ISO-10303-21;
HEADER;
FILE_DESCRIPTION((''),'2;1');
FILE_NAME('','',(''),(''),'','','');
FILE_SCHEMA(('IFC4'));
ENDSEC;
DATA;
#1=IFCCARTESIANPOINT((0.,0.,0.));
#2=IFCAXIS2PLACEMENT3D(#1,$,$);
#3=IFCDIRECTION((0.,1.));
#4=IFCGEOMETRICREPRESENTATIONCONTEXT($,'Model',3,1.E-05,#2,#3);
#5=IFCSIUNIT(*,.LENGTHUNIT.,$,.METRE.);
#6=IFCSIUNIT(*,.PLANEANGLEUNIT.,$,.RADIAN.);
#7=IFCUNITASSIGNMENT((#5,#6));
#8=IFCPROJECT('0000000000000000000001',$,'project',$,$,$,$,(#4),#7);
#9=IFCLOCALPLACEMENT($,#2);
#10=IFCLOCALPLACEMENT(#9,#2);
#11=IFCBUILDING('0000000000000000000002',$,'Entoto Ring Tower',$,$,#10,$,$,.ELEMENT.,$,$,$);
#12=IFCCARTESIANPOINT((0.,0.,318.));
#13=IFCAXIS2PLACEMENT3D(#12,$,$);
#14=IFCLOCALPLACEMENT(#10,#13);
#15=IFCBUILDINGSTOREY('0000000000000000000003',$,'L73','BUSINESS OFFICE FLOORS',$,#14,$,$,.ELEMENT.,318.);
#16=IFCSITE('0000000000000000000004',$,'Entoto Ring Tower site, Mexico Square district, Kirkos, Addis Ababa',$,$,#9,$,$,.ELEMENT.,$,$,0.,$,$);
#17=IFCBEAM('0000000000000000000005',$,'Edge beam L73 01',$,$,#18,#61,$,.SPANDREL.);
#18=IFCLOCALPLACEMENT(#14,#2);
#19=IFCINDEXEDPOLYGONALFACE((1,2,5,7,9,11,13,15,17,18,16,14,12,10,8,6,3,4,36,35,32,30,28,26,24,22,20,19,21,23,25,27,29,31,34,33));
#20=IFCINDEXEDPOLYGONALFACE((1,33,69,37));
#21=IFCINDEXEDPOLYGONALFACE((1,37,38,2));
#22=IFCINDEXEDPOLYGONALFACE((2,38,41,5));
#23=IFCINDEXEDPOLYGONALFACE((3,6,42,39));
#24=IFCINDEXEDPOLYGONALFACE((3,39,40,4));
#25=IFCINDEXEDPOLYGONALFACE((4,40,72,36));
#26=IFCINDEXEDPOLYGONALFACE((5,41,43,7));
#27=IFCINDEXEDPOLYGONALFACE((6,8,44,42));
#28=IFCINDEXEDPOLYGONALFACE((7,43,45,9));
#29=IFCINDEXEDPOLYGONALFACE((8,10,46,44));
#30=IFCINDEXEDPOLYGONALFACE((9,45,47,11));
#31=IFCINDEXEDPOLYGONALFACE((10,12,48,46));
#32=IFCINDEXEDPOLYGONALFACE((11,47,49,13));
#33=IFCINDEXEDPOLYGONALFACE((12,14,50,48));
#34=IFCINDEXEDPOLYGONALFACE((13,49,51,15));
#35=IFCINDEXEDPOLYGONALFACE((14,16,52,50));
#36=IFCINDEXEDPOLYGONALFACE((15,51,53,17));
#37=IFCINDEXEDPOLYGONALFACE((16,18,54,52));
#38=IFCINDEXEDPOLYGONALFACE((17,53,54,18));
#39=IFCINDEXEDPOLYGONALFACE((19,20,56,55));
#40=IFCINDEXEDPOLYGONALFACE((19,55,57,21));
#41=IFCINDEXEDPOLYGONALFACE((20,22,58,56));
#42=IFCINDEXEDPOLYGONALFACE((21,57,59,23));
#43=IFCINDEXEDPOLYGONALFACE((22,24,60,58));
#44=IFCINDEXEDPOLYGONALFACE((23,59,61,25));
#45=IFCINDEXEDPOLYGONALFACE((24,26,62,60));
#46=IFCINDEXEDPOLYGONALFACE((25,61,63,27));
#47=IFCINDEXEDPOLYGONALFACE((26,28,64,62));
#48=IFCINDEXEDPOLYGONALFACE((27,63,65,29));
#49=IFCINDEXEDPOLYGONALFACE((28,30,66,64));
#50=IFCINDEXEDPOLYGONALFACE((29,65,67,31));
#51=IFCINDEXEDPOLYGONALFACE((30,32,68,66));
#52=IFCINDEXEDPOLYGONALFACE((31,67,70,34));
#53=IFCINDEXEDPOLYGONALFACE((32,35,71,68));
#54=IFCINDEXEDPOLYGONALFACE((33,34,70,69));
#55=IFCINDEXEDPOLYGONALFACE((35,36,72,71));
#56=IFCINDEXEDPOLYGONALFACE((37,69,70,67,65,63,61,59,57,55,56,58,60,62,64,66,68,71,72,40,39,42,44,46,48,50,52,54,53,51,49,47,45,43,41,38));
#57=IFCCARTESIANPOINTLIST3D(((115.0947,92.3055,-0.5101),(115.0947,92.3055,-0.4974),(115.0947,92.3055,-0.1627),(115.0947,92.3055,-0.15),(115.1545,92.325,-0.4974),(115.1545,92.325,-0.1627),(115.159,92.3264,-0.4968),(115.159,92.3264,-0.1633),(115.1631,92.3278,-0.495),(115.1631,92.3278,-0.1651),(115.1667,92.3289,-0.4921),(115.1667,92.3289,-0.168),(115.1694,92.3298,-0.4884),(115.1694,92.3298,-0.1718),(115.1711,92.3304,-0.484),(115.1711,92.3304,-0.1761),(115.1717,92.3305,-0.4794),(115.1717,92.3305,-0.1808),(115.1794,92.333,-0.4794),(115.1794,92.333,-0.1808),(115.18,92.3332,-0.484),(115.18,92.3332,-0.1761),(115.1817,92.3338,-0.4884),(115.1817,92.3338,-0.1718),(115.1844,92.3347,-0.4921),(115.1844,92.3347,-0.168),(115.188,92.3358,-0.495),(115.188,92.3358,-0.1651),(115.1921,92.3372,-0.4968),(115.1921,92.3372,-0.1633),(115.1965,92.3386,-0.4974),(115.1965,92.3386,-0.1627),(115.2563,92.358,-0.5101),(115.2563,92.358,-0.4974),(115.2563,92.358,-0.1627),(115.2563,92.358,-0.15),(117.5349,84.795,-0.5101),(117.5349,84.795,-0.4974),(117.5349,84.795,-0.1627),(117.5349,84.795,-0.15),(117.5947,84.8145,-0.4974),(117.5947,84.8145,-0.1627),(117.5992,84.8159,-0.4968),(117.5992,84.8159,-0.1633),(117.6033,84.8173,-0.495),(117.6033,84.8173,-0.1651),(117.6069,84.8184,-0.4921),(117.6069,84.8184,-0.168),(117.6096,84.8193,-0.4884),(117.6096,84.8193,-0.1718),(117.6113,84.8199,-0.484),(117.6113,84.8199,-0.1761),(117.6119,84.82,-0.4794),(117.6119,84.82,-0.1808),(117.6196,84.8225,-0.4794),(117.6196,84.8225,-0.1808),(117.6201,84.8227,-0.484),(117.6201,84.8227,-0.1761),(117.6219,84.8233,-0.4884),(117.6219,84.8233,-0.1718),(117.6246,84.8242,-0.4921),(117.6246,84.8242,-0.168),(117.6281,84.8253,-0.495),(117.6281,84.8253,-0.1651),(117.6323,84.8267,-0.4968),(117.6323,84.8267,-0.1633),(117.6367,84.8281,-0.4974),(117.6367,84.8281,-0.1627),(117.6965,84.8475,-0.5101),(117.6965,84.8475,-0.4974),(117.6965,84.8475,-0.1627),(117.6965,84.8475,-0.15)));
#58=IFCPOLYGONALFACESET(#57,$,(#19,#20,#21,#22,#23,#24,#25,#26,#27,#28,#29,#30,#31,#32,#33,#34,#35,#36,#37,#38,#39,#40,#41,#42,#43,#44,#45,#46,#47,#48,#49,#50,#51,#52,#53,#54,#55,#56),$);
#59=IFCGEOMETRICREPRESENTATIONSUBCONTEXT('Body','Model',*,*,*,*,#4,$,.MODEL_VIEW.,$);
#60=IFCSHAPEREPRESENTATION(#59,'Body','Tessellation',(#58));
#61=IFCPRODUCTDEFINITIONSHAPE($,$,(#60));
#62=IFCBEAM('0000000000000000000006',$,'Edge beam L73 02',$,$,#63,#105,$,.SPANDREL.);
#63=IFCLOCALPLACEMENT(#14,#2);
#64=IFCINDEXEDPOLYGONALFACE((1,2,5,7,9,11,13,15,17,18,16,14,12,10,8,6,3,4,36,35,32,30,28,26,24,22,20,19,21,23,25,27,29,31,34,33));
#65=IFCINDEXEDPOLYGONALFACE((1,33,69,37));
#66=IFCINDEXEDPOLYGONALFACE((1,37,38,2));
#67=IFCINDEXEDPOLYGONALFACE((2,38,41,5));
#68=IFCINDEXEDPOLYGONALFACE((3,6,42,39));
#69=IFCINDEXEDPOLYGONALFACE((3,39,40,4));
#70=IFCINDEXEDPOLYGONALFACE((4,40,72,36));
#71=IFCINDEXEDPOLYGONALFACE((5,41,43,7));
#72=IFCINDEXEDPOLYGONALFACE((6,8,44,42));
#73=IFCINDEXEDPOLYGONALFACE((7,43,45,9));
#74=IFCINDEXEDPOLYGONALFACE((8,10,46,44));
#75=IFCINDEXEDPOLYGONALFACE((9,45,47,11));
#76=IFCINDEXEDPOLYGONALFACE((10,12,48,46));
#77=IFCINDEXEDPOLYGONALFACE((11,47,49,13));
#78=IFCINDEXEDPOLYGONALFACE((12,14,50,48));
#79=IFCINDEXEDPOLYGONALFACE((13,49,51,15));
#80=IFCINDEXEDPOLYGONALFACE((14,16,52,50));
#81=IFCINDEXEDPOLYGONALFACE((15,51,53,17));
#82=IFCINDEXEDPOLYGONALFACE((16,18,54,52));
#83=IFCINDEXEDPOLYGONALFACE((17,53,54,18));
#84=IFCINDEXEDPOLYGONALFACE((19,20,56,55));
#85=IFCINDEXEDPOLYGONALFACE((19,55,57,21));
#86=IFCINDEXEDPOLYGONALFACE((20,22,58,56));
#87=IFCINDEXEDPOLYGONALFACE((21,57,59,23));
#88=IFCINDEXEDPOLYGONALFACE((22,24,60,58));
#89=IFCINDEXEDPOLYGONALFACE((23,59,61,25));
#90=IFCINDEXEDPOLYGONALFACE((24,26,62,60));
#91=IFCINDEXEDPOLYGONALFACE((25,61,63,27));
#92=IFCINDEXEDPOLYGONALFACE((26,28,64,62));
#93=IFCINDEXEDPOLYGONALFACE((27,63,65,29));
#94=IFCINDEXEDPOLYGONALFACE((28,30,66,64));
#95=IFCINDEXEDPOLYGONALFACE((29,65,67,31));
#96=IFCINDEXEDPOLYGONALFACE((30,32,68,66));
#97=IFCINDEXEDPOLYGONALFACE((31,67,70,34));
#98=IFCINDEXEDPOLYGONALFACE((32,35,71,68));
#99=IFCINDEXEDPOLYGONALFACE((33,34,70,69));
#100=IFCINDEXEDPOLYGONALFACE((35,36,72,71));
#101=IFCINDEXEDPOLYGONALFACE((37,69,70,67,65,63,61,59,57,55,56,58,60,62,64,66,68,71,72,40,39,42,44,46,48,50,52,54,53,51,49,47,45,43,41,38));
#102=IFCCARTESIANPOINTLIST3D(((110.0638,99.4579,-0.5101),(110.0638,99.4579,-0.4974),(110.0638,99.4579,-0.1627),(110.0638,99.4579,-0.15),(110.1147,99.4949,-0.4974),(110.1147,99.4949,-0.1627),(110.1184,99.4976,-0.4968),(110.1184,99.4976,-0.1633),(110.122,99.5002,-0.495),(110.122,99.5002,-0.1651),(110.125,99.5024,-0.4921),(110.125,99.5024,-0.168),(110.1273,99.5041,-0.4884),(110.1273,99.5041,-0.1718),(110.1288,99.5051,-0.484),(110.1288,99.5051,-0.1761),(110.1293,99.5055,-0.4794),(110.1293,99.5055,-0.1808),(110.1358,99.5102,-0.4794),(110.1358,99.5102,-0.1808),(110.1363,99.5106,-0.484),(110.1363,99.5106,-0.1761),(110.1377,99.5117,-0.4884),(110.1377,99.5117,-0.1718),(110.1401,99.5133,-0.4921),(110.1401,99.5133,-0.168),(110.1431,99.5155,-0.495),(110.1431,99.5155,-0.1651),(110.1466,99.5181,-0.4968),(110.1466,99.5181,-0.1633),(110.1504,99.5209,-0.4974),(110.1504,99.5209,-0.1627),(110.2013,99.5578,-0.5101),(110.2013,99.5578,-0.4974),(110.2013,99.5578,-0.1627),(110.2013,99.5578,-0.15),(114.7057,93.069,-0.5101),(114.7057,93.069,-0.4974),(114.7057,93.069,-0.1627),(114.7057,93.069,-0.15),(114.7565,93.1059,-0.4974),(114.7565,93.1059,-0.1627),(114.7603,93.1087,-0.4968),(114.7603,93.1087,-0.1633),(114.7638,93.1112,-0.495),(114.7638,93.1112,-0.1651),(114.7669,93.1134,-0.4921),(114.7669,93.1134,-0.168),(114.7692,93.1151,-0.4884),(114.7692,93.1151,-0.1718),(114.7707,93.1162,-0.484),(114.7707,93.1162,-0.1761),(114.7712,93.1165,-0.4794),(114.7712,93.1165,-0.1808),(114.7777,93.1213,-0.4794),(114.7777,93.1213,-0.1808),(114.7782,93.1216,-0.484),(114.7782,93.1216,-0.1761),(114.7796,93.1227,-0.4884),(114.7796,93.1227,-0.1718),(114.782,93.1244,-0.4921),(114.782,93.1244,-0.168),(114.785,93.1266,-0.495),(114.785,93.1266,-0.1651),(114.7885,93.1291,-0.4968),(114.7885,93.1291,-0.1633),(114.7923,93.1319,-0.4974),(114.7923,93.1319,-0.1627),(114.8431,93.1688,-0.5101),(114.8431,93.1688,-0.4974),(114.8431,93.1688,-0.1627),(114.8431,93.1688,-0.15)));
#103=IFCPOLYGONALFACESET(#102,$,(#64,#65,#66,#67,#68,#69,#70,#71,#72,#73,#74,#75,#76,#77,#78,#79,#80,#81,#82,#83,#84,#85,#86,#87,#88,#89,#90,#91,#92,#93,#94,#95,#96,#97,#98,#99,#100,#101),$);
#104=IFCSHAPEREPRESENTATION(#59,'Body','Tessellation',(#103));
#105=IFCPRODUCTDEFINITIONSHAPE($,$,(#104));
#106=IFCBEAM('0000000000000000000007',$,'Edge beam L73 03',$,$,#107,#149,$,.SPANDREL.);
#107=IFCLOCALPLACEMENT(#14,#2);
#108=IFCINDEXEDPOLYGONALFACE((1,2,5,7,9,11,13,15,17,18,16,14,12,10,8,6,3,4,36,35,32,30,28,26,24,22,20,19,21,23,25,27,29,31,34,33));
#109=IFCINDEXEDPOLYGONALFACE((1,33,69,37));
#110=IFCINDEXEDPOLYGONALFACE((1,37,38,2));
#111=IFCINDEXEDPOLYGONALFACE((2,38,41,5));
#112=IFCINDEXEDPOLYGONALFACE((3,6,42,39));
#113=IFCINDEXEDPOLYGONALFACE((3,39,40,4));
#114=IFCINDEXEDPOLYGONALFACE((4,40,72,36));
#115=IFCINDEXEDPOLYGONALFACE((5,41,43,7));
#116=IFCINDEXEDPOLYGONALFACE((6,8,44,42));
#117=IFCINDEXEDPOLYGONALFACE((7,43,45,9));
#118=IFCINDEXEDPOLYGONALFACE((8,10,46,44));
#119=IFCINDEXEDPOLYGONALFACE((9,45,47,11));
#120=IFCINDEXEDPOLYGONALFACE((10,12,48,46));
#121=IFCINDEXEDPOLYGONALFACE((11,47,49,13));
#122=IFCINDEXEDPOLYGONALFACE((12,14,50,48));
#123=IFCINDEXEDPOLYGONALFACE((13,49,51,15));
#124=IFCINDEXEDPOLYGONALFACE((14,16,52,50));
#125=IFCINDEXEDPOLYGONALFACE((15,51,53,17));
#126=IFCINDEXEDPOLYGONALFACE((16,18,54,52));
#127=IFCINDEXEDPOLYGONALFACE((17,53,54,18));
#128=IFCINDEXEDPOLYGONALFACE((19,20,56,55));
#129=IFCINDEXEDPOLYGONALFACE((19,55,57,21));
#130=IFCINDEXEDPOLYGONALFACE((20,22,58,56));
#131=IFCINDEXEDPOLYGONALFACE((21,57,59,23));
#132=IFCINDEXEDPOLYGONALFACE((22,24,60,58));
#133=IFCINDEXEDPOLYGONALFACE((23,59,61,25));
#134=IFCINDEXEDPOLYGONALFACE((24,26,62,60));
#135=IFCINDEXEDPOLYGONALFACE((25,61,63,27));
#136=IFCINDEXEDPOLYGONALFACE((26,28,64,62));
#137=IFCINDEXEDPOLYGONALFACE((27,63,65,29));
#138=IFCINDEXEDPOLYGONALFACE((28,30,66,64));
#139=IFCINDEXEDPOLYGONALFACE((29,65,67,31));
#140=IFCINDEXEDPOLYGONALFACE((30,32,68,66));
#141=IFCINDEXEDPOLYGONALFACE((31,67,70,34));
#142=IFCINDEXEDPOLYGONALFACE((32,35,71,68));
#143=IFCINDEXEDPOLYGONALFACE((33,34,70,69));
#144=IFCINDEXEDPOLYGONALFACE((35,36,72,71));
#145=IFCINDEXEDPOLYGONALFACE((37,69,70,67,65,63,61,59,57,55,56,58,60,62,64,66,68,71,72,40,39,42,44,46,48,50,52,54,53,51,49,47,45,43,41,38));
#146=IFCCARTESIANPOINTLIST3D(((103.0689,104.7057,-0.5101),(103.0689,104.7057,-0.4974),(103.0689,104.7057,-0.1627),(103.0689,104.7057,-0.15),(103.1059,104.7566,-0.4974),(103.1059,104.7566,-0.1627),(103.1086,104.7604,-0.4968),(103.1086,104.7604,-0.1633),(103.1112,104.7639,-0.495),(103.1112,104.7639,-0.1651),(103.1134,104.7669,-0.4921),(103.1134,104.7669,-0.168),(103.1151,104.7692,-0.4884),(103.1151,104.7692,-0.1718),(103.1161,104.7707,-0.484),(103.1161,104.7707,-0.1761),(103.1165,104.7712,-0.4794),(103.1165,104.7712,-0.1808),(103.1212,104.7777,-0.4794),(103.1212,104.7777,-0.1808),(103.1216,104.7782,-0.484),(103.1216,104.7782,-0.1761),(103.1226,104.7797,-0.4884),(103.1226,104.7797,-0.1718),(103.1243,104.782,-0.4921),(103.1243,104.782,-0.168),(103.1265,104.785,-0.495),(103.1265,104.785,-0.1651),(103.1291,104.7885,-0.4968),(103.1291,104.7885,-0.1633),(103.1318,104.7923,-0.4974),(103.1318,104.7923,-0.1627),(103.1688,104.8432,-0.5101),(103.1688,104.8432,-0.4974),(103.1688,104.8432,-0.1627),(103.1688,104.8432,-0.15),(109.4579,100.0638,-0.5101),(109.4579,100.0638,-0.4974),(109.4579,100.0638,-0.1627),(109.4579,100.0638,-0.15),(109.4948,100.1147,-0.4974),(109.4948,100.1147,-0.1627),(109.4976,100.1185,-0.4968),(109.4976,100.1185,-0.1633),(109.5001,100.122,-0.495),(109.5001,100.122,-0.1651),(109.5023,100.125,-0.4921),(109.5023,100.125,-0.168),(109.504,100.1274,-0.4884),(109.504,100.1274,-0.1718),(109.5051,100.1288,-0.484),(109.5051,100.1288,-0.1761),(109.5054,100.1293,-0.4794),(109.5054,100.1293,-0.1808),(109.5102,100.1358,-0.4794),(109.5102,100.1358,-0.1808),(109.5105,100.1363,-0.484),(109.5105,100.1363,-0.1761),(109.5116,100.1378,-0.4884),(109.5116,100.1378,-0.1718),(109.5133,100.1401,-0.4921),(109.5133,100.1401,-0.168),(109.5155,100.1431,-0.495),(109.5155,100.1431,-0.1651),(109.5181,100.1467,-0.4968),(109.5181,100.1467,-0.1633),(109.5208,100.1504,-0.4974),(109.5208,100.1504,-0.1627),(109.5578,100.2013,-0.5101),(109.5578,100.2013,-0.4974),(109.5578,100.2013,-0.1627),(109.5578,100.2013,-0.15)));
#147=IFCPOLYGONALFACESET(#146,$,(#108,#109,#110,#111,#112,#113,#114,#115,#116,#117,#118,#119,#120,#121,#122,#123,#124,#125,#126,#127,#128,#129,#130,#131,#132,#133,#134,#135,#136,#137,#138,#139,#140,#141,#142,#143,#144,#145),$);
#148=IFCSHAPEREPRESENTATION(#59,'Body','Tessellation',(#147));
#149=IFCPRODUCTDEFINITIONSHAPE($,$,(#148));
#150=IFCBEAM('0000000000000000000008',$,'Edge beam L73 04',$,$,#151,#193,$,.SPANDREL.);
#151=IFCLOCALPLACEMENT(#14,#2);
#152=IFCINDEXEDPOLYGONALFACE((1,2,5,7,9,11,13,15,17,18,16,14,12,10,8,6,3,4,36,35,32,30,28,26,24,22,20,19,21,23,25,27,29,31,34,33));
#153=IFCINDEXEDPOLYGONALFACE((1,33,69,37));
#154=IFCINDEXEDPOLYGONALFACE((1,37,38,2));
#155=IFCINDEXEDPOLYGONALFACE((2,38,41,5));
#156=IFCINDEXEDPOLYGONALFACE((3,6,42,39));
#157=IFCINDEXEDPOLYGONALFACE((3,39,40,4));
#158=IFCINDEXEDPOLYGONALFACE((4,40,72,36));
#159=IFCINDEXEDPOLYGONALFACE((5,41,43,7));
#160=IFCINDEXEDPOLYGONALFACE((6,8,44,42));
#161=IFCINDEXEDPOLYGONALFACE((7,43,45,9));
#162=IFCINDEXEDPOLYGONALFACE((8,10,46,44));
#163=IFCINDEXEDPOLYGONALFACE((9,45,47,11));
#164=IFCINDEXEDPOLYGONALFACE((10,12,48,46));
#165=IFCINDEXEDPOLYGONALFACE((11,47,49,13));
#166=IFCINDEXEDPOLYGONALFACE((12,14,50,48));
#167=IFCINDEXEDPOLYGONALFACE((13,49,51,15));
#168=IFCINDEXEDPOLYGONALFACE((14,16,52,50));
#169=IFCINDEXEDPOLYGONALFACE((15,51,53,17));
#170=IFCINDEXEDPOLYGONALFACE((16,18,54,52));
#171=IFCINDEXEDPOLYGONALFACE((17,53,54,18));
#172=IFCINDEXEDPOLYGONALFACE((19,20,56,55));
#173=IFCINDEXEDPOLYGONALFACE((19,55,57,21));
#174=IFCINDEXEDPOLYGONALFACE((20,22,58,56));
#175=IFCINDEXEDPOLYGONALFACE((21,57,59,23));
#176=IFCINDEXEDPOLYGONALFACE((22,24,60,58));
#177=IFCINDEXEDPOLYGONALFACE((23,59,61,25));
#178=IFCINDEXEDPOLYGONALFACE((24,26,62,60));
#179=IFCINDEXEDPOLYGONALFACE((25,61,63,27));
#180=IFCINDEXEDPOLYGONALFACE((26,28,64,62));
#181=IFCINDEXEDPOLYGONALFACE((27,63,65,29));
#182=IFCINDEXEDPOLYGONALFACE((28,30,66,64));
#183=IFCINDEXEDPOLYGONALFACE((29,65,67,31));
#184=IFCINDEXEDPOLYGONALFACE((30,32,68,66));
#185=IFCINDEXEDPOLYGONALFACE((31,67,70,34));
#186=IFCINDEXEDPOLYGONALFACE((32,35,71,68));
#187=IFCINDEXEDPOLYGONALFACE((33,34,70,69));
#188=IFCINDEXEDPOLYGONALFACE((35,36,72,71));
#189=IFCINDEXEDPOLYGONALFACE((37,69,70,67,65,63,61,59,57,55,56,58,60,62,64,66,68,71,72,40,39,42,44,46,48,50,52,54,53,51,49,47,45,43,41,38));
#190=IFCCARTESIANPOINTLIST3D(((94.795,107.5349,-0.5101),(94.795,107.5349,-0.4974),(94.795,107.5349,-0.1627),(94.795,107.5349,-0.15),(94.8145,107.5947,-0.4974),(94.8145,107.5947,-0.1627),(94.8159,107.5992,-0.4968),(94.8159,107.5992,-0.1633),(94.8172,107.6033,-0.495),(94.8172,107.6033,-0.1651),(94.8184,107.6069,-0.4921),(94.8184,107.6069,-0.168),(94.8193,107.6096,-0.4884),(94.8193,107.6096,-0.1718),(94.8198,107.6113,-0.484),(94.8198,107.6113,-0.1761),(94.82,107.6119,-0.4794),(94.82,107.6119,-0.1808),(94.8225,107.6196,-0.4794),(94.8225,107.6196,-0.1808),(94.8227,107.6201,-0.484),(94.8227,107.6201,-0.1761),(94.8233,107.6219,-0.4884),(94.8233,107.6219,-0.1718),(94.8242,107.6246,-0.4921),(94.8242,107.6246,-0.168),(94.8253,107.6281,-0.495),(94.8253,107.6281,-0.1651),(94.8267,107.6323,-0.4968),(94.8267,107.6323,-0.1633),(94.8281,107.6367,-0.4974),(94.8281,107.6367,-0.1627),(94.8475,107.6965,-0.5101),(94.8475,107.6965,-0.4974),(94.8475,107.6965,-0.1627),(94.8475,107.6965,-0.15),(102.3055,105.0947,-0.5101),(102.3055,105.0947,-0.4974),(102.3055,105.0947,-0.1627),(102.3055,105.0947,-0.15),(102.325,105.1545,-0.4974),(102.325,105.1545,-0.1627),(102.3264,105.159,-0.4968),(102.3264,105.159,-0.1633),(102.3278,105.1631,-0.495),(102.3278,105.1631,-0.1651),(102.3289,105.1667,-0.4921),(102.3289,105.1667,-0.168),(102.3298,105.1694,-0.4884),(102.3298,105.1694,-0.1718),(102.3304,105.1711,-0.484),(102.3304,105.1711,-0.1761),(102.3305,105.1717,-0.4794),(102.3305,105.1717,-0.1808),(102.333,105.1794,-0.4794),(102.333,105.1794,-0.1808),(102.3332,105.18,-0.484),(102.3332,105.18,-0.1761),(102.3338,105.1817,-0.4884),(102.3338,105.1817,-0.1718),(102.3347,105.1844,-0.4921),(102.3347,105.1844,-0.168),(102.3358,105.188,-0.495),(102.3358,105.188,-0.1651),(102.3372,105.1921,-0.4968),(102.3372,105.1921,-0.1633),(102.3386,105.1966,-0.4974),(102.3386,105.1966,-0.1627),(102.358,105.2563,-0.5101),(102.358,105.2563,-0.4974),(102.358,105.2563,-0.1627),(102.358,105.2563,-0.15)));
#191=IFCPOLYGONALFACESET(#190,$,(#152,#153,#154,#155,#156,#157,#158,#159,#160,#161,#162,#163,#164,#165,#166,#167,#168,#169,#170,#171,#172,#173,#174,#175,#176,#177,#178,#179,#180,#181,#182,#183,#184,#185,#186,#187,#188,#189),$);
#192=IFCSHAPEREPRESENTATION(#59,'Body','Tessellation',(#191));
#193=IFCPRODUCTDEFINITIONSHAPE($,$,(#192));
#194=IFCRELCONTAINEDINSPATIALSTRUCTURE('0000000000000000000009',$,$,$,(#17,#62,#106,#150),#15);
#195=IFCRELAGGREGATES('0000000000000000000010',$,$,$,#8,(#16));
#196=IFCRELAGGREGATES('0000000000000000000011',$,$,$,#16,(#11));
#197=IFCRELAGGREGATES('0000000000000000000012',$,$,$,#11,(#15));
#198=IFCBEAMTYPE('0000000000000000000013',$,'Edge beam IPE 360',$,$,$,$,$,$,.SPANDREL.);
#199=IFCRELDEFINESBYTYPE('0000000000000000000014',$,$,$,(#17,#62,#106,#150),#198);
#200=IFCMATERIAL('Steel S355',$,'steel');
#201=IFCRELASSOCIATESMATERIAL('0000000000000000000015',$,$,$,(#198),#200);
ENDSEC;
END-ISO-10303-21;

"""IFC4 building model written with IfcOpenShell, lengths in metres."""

from ifc_helpers import new_model, si_unit, direction, frame, origin, origin_2d, place, context, subcontext, project, spatial, i_section, extrude, material, material_profile, profile_set, type_object, element, save


model = new_model("IFC4")

# Units and contexts
model_context = context("Model", 3, precision=1e-05, world=origin(), true_north=direction((0.0, 1.0)))
body_context = subcontext(model_context, "Body", "Model", "MODEL_VIEW")
ifc_project = project(units=[si_unit("LENGTHUNIT", "METRE"), si_unit("PLANEANGLEUNIT", "RADIAN")], contexts=[model_context])

# Site, building, storey
site_placement = place(None, origin())
site = spatial("IfcSite", under=ifc_project, at=site_placement, Name="Entoto Ring Tower site, Mexico Square district, Kirkos, Addis Ababa", CompositionType="ELEMENT", RefElevation=0.0)
building_placement = place(site_placement, origin())
building = spatial("IfcBuilding", under=site, at=building_placement, Name="Entoto Ring Tower", CompositionType="ELEMENT")
storey_placement = place(building_placement, frame((0.0, 0.0, 318.0)))
storey = spatial("IfcBuildingStorey", under=building, at=storey_placement, Name="L73", Description="BUSINESS OFFICE FLOORS", CompositionType="ELEMENT", Elevation=318.0)

# Beams
ifc_material_1 = material(Name="Steel S355", Category="steel")
ifc_material_profile_1 = material_profile(ifc_material_1, i_section(OverallWidth=0.1699, OverallDepth=0.3601, WebThickness=0.0081, FlangeThickness=0.0127, FilletRadius=0.0181, at=origin_2d()), Name="IPE 360")
ifc_profile_set_1 = profile_set([ifc_material_profile_1], Name="Steel S355")
beam_type_1 = type_object("IfcBeamType", Name="Edge beam IPE 360", PredefinedType="SPANDREL", material=ifc_profile_set_1)
beam_1_placement = place(storey_placement, frame((117.6157, 84.8213, -0.3301), z_axis=(-0.309003, 0.951061, 0.0), x_axis=(-0.951061, -0.309003, 0.0)))
element("IfcBeam", 1, at=beam_1_placement, inside=storey, type_object=beam_type_1, Name="Edge beam L73 01", PredefinedType="SPANDREL", context=body_context, shape_type="SweptSolid", body=[
    extrude(i_section(OverallWidth=0.1699, OverallDepth=0.3601, WebThickness=0.0081, FlangeThickness=0.0127, FilletRadius=0.0181, at=origin_2d()), origin(), (0.0, 0.0, 1.0), 7.897),
])
for number, where, z_axis, x_axis, name in (
    (2, (114.7744, 93.1189, -0.3301), (-0.587787, 0.809015, 0.0), (-0.809015, -0.587787, 0.0), "Edge beam L73 02"),
    (3, (109.5078, 100.1326, -0.3301), (-0.809015, 0.587787, 0.0), (-0.587787, -0.809015, 0.0), "Edge beam L73 03"),
):
    element("IfcBeam", number, at=place(storey_placement, frame(where, z_axis=z_axis, x_axis=x_axis)), inside=storey, type_object=beam_type_1, Name=name, PredefinedType="SPANDREL", context=body_context, shape_type="SweptSolid", body=[
        extrude(i_section(OverallWidth=0.1699, OverallDepth=0.3601, WebThickness=0.0081, FlangeThickness=0.0127, FilletRadius=0.0181, at=origin_2d()), origin(), (0.0, 0.0, 1.0), 7.8972),
    ])
beam_2_placement = place(storey_placement, frame((102.3318, 105.1755, -0.3301), z_axis=(-0.951061, 0.309003, 0.0), x_axis=(-0.309003, -0.951061, 0.0)))
element("IfcBeam", 4, at=beam_2_placement, inside=storey, type_object=beam_type_1, Name="Edge beam L73 04", PredefinedType="SPANDREL", context=body_context, shape_type="SweptSolid", body=[
    extrude(i_section(OverallWidth=0.1699, OverallDepth=0.3601, WebThickness=0.0081, FlangeThickness=0.0127, FilletRadius=0.0181, at=origin_2d()), origin(), (0.0, 0.0, 1.0), 7.897),
])

save(model, "model.ifc")
